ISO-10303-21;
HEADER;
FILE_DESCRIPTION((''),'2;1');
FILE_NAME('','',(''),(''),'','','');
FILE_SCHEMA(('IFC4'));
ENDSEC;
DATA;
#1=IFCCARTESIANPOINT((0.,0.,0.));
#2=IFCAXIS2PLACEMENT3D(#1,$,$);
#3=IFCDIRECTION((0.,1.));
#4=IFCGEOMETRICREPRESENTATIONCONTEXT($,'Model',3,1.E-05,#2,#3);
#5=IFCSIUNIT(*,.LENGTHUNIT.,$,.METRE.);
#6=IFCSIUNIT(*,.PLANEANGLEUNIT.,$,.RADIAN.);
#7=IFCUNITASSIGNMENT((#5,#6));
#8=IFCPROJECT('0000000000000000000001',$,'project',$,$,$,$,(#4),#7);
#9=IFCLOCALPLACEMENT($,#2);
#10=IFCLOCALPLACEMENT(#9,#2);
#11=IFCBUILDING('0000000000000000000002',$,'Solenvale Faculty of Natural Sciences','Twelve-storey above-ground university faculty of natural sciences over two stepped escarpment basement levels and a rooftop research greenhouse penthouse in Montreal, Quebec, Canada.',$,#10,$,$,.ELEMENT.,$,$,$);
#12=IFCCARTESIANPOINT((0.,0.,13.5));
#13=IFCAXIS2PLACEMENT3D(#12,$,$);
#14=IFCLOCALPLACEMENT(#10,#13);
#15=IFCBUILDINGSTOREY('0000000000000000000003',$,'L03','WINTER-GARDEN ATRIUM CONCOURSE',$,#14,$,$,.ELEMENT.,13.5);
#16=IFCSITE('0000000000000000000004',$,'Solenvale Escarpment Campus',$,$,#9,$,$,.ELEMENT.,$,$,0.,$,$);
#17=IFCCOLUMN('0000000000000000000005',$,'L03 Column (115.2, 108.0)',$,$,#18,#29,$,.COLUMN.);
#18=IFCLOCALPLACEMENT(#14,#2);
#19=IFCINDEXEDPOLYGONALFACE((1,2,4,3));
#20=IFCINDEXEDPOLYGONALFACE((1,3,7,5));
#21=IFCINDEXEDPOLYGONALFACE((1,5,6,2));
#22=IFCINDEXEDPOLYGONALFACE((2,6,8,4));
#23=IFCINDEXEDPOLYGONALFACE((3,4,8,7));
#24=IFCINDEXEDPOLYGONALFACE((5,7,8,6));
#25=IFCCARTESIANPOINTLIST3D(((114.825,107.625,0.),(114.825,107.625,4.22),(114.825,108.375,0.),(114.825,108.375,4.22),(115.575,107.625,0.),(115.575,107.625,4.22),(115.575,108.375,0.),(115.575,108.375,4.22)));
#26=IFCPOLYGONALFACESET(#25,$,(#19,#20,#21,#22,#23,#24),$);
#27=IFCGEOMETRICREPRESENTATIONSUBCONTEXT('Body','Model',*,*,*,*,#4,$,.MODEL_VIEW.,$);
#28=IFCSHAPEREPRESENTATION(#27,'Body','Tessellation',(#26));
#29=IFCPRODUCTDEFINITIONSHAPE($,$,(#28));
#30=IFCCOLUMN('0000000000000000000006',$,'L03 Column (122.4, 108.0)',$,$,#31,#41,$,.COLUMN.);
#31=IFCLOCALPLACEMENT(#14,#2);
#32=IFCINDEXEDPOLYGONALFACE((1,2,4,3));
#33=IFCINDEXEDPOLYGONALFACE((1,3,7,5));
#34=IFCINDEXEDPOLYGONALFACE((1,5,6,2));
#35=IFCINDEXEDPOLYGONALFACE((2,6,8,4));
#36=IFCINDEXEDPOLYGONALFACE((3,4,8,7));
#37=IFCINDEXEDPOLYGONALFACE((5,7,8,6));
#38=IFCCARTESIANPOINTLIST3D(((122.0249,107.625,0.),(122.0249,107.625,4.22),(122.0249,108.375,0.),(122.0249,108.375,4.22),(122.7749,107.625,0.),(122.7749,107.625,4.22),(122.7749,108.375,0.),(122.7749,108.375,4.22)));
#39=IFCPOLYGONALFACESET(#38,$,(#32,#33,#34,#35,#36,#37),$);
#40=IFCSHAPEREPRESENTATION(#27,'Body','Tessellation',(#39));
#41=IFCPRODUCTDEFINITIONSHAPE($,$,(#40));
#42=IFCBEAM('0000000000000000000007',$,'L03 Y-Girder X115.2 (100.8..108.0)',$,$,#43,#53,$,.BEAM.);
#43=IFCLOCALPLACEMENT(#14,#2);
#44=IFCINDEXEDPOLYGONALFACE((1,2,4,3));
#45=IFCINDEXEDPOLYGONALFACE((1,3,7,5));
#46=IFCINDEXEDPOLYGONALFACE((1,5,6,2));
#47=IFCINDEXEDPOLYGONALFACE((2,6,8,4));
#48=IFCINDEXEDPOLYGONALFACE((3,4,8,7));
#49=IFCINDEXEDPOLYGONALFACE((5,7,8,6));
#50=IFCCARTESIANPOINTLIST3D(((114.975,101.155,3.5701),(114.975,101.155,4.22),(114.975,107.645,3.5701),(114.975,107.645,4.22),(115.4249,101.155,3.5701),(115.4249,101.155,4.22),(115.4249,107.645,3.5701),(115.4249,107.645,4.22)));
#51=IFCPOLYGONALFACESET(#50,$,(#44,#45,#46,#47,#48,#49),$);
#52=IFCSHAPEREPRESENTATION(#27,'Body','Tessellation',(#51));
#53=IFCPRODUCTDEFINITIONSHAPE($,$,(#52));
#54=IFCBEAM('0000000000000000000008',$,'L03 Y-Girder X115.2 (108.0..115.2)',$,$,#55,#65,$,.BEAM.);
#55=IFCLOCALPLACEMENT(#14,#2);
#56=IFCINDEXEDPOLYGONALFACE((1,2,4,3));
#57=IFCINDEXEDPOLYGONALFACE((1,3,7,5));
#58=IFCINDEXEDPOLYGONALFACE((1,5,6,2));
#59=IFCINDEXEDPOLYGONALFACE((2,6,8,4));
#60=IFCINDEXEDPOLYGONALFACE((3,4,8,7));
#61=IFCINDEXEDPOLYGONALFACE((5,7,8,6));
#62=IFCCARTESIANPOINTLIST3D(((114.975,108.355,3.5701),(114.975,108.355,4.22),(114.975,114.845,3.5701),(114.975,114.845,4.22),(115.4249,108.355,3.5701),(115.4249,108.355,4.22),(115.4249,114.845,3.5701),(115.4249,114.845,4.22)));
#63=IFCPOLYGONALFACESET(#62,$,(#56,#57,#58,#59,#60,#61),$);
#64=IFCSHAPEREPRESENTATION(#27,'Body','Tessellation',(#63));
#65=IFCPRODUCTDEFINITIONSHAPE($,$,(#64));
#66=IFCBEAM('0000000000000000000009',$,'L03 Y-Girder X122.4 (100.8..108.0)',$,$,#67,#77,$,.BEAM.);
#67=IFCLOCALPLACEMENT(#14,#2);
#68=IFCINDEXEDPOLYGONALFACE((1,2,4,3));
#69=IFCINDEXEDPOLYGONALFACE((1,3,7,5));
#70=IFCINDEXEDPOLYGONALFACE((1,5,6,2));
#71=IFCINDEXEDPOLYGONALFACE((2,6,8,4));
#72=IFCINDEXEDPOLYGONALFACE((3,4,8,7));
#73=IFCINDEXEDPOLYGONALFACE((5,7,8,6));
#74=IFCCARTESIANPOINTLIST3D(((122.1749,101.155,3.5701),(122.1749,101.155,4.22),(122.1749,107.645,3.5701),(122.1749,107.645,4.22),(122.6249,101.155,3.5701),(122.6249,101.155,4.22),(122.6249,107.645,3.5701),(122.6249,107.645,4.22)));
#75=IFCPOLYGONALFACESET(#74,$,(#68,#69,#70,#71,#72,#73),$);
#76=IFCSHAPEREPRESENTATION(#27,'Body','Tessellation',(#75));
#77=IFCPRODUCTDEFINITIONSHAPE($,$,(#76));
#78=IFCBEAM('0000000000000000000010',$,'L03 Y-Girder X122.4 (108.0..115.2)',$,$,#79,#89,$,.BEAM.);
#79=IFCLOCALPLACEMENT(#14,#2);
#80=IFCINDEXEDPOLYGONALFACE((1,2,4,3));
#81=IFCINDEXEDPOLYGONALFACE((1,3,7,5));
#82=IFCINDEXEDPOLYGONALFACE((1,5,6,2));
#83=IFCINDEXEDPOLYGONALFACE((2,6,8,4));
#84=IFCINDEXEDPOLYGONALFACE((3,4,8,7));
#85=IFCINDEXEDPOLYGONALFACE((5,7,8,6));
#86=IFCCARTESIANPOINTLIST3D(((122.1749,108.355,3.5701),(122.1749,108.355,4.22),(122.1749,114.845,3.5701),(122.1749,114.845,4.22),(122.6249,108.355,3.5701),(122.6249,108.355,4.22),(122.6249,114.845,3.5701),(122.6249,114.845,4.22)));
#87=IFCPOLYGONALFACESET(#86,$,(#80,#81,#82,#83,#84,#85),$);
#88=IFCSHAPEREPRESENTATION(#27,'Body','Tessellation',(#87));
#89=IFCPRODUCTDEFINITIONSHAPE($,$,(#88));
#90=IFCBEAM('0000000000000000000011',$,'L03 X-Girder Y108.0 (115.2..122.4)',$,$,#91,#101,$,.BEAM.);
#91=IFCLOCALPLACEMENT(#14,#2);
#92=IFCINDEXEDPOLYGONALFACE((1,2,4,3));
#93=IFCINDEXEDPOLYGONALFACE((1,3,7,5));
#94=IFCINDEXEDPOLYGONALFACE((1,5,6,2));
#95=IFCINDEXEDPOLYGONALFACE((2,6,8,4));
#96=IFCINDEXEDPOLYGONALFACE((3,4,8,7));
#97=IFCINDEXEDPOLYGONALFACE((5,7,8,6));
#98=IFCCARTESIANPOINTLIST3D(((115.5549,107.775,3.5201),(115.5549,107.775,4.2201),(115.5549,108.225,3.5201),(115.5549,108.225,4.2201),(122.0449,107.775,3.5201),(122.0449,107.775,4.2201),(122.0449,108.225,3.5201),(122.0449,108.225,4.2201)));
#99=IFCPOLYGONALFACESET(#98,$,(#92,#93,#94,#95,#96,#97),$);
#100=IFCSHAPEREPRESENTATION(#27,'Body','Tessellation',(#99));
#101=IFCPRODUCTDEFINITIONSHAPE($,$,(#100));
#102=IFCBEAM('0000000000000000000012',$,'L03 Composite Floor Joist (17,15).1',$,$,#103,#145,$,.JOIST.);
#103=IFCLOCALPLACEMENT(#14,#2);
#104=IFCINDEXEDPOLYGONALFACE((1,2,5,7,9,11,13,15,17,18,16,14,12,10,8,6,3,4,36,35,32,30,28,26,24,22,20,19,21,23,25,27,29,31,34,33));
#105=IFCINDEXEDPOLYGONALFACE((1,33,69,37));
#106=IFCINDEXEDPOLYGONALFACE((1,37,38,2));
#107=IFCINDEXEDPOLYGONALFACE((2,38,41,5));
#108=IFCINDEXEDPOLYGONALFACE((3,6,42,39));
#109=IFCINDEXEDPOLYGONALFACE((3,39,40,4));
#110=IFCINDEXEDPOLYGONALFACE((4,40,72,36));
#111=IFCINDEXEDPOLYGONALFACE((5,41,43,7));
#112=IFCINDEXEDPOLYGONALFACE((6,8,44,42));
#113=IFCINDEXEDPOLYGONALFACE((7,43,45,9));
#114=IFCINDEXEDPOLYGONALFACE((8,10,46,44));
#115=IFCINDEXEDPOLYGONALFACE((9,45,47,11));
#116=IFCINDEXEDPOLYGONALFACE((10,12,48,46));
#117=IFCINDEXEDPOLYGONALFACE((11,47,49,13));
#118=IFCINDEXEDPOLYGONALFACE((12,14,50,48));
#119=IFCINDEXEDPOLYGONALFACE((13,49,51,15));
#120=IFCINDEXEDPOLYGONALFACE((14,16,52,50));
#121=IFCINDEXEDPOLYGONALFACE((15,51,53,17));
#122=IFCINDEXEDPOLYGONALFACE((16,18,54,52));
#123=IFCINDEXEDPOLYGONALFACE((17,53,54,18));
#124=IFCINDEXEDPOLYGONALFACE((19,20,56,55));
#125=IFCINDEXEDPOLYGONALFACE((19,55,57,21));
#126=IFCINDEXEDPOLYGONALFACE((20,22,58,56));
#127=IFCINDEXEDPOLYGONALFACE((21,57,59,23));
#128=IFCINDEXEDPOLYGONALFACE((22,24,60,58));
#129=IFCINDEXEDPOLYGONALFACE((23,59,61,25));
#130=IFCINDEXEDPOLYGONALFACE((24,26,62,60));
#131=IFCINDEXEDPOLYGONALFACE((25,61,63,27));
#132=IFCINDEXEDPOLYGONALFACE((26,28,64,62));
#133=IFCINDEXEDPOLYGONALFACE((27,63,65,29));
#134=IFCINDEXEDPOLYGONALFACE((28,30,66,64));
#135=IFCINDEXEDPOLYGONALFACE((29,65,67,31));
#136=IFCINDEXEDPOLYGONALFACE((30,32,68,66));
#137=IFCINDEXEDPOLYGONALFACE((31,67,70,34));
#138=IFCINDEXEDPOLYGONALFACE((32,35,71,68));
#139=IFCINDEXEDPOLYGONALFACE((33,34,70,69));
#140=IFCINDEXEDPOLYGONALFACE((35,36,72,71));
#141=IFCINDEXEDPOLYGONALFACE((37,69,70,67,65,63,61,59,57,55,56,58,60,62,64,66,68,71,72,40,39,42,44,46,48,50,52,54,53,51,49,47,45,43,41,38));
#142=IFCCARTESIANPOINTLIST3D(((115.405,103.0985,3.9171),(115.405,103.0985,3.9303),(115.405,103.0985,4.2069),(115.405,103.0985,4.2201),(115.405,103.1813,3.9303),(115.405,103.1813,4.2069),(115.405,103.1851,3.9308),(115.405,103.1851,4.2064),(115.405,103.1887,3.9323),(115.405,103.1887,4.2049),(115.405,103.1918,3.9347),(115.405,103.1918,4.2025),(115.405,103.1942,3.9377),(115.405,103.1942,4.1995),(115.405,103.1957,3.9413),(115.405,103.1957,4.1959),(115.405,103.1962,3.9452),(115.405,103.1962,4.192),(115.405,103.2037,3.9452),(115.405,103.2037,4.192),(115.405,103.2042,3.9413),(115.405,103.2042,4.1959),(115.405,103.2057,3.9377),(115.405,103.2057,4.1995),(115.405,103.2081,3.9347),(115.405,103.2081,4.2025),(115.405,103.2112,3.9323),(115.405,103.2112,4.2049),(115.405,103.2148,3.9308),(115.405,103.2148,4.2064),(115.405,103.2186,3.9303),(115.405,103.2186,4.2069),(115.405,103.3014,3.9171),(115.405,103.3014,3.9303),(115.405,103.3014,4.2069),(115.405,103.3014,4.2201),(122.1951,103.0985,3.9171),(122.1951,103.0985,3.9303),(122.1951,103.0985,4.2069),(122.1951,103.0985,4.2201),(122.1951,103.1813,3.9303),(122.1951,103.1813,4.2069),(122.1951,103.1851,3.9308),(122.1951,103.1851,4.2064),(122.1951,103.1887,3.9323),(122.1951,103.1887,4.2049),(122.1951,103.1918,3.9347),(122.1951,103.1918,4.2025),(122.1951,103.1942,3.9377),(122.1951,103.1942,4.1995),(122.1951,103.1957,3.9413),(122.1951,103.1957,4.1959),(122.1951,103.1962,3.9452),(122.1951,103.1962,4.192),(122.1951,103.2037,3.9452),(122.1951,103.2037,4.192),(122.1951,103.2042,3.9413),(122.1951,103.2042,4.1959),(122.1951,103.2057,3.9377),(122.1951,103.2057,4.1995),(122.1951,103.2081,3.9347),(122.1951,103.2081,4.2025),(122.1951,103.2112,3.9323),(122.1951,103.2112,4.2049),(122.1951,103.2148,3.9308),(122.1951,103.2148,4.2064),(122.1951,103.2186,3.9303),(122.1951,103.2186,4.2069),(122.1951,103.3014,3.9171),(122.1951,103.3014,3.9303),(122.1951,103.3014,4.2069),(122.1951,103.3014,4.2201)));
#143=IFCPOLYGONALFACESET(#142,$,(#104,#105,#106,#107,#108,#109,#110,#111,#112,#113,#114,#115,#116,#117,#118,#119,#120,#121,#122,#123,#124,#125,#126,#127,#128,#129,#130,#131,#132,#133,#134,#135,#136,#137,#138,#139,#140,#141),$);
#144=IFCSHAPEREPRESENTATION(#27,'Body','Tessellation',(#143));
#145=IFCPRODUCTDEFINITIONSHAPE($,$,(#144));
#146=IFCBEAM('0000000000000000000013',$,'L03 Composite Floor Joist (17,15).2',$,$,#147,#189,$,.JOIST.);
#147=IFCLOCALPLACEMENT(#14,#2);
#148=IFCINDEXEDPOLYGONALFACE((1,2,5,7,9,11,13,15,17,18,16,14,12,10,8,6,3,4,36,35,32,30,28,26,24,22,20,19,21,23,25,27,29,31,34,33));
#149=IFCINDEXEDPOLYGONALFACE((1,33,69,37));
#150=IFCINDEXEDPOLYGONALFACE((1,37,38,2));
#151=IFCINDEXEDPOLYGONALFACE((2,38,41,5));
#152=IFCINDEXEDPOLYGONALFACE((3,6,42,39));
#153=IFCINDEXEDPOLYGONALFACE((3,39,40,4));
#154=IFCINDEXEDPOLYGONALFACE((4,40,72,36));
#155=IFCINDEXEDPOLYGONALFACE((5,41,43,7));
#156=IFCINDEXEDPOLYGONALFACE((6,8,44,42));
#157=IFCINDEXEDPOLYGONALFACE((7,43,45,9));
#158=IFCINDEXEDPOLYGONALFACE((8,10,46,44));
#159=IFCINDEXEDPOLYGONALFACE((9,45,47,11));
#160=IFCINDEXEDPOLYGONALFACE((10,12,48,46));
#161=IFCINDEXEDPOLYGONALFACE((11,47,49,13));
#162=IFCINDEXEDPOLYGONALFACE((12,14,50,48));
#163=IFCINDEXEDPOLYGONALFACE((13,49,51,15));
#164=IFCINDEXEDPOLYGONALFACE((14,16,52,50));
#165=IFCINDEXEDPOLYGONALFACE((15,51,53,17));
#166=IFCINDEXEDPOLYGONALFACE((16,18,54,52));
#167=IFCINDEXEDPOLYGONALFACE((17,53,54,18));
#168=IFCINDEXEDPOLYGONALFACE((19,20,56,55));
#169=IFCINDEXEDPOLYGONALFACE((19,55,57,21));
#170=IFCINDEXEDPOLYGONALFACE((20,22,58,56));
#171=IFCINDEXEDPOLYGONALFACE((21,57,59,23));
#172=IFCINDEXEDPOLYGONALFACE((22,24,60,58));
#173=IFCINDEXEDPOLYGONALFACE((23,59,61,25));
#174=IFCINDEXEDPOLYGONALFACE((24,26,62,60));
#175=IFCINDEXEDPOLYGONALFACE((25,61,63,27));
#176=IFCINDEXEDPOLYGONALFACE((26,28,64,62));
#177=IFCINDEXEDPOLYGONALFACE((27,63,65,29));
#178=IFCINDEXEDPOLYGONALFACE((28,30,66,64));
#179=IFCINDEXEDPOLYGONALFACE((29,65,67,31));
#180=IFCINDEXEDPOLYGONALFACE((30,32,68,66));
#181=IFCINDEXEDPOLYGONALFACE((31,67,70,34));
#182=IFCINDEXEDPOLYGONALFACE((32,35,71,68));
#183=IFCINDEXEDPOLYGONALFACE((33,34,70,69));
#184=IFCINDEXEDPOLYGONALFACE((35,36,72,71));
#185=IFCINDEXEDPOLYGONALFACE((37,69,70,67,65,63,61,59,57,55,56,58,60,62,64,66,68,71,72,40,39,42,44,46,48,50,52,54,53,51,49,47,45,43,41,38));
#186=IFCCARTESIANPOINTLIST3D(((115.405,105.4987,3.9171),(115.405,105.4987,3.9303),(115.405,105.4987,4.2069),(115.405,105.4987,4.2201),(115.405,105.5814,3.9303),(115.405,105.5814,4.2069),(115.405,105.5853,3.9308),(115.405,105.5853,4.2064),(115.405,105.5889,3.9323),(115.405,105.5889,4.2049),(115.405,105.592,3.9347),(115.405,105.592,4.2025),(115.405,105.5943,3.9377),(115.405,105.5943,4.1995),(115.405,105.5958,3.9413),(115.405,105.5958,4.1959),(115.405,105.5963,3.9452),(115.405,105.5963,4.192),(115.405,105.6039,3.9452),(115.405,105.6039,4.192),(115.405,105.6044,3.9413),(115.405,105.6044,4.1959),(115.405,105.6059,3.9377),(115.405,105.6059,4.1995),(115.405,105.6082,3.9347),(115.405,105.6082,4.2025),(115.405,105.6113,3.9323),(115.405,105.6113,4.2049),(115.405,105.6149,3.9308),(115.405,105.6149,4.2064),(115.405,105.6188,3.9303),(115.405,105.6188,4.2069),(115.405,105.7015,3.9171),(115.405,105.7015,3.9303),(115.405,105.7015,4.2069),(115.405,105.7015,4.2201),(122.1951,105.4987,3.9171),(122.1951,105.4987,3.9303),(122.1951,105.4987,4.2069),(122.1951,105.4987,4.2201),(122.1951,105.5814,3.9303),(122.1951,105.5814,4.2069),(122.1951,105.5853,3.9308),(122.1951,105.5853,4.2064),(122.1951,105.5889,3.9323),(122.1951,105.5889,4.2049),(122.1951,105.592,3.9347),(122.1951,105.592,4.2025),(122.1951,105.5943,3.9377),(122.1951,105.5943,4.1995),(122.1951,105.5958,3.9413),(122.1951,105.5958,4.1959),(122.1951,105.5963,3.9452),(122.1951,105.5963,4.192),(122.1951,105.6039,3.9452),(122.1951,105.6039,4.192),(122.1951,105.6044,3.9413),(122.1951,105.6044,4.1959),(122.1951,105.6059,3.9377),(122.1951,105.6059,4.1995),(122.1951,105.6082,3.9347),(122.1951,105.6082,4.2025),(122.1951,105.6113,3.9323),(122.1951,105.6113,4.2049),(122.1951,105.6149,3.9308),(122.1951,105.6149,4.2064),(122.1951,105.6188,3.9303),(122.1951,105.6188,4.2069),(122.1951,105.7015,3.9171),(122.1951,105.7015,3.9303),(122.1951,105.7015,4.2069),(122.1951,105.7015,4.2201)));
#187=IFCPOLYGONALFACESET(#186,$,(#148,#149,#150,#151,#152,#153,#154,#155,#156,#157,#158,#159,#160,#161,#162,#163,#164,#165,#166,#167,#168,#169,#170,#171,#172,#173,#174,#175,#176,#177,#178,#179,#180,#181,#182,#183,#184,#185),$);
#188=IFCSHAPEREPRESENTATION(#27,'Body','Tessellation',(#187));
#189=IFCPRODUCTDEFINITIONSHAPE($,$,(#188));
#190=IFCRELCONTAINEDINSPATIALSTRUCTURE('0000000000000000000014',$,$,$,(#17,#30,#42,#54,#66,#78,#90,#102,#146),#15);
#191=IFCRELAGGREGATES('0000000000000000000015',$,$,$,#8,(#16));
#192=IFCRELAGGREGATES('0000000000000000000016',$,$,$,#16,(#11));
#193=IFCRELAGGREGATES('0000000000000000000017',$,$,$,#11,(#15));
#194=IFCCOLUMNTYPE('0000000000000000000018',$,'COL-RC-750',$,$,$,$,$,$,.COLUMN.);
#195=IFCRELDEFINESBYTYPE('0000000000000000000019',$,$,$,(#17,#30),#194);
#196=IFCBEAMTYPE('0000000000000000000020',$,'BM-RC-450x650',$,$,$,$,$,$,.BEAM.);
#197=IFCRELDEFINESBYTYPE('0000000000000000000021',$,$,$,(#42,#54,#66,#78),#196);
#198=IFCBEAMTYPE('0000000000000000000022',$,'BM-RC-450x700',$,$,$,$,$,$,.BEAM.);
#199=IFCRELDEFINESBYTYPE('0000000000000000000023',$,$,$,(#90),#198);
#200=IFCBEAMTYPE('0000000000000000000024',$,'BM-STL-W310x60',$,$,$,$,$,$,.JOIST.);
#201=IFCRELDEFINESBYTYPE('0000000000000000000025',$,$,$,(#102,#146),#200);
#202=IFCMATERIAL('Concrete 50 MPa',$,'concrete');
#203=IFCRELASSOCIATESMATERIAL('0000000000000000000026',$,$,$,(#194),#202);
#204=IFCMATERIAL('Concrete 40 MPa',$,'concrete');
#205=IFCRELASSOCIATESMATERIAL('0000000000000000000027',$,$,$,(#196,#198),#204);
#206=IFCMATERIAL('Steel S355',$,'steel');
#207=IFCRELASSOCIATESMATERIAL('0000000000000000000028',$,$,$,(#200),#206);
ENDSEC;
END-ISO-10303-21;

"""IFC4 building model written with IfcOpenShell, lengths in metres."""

from ifc_helpers import new_model, si_unit, direction, frame, origin, origin_2d, place, context, subcontext, project, spatial, rectangle, i_section, extrude, material, material_profile, profile_set, type_object, element, save


model = new_model("IFC4")

# Units and contexts
model_context = context("Model", 3, precision=1e-05, world=origin(), true_north=direction((0.0, 1.0)))
body_context = subcontext(model_context, "Body", "Model", "MODEL_VIEW")
ifc_project = project(units=[si_unit("LENGTHUNIT", "METRE"), si_unit("PLANEANGLEUNIT", "RADIAN")], contexts=[model_context])

# Site, building, storey
site_placement = place(None, origin())
site = spatial("IfcSite", under=ifc_project, at=site_placement, Name="Solenvale Escarpment Campus", CompositionType="ELEMENT", RefElevation=0.0)
building_placement = place(site_placement, origin())
building = spatial("IfcBuilding", under=site, at=building_placement, Name="Solenvale Faculty of Natural Sciences", Description="Twelve-storey above-ground university faculty of natural sciences over two stepped escarpment basement levels and a rooftop research greenhouse penthouse in Montreal, Quebec, Canada.", CompositionType="ELEMENT")
storey_placement = place(building_placement, frame((0.0, 0.0, 13.5)))
storey = spatial("IfcBuildingStorey", under=building, at=storey_placement, Name="L03", Description="WINTER-GARDEN ATRIUM CONCOURSE", CompositionType="ELEMENT", Elevation=13.5)

# Columns
ifc_material_1 = material(Name="Concrete 50 MPa", Category="concrete")
ifc_material_profile_1 = material_profile(ifc_material_1, rectangle(XDim=0.75, YDim=0.75, at=origin_2d()), Name="RC-COL-750x750")
ifc_profile_set_1 = profile_set([ifc_material_profile_1], Name="Concrete 50 MPa")
column_type = type_object("IfcColumnType", Name="COL-RC-750", PredefinedType="COLUMN", material=ifc_profile_set_1)
for number, where, z_axis, x_axis, name in (
    (1, (115.2, 108.0, 0.0), (0.0, 0.0, 1.0), (1.0, 0.0, 0.0), "L03 Column (115.2, 108.0)"),
    (2, (122.3999, 108.0, 0.0), (0.0, 0.0, 1.0), (1.0, 0.0, 0.0), "L03 Column (122.4, 108.0)"),
):
    element("IfcColumn", number, at=place(storey_placement, frame(where, z_axis=z_axis, x_axis=x_axis)), inside=storey, type_object=column_type, Name=name, PredefinedType="COLUMN", context=body_context, shape_type="SweptSolid", body=[
        extrude(rectangle(XDim=0.75, YDim=0.75, at=origin_2d()), origin(), (0.0, 0.0, 1.0), 4.22),
    ])

# Beams
ifc_material_2 = material(Name="Concrete 40 MPa", Category="concrete")
ifc_material_profile_2 = material_profile(ifc_material_2, rectangle(XDim=0.45, YDim=0.6499, at=origin_2d()), Name="RC-BM-450x650")
ifc_profile_set_2 = profile_set([ifc_material_profile_2], Name="Concrete 40 MPa")
beam_type_1 = type_object("IfcBeamType", Name="BM-RC-450x650", PredefinedType="BEAM", material=ifc_profile_set_2)
for number, where, z_axis, x_axis, name in (
    (3, (115.2, 101.155, 3.895), (0.0, 1.0, 0.0), (-1.0, 0.0, 0.0), "L03 Y-Girder X115.2 (100.8..108.0)"),
    (4, (115.2, 108.355, 3.895), (0.0, 1.0, 0.0), (-1.0, 0.0, 0.0), "L03 Y-Girder X115.2 (108.0..115.2)"),
    (5, (122.3999, 101.155, 3.895), (0.0, 1.0, 0.0), (-1.0, 0.0, 0.0), "L03 Y-Girder X122.4 (100.8..108.0)"),
    (6, (122.3999, 108.355, 3.895), (0.0, 1.0, 0.0), (-1.0, 0.0, 0.0), "L03 Y-Girder X122.4 (108.0..115.2)"),
):
    element("IfcBeam", number, at=place(storey_placement, frame(where, z_axis=z_axis, x_axis=x_axis)), inside=storey, type_object=beam_type_1, Name=name, PredefinedType="BEAM", context=body_context, shape_type="SweptSolid", body=[
        extrude(rectangle(XDim=0.45, YDim=0.6499, at=origin_2d()), origin(), (0.0, 0.0, 1.0), 6.49),
    ])
ifc_material_profile_3 = material_profile(ifc_material_2, rectangle(XDim=0.45, YDim=0.7, at=origin_2d()), Name="RC-BM-450x700")
ifc_profile_set_3 = profile_set([ifc_material_profile_3], Name="Concrete 40 MPa")
beam_type_2 = type_object("IfcBeamType", Name="BM-RC-450x700", PredefinedType="BEAM", material=ifc_profile_set_3)
beam_placement = place(storey_placement, frame((115.5549, 108.0, 3.8701), z_axis=(1.0, 0.0, 0.0), x_axis=(0.0, 1.0, 0.0)))
element("IfcBeam", 7, at=beam_placement, inside=storey, type_object=beam_type_2, Name="L03 X-Girder Y108.0 (115.2..122.4)", PredefinedType="BEAM", context=body_context, shape_type="SweptSolid", body=[
    extrude(rectangle(XDim=0.45, YDim=0.7, at=origin_2d()), origin(), (0.0, 0.0, 1.0), 6.49),
])
ifc_material_3 = material(Name="Steel S355", Category="steel")
ifc_material_profile_4 = material_profile(ifc_material_3, i_section(OverallWidth=0.2029, OverallDepth=0.303, WebThickness=0.0076, FlangeThickness=0.0132, FilletRadius=0.0149, at=origin_2d()), Name="W310x60")
ifc_profile_set_4 = profile_set([ifc_material_profile_4], Name="Steel S355")
beam_type_3 = type_object("IfcBeamType", Name="BM-STL-W310x60", PredefinedType="JOIST", material=ifc_profile_set_4)
for number, where, z_axis, x_axis, name in (
    (8, (115.405, 103.2, 4.0686), (1.0, 0.0, 0.0), (0.0, 1.0, 0.0), "L03 Composite Floor Joist (17,15).1"),
    (9, (115.405, 105.6001, 4.0686), (1.0, 0.0, 0.0), (0.0, 1.0, 0.0), "L03 Composite Floor Joist (17,15).2"),
):
    element("IfcBeam", number, at=place(storey_placement, frame(where, z_axis=z_axis, x_axis=x_axis)), inside=storey, type_object=beam_type_3, Name=name, PredefinedType="JOIST", context=body_context, shape_type="SweptSolid", body=[
        extrude(i_section(OverallWidth=0.2029, OverallDepth=0.303, WebThickness=0.0076, FlangeThickness=0.0132, FilletRadius=0.0149, at=origin_2d()), origin(), (0.0, 0.0, 1.0), 6.79),
    ])

save(model, "model.ifc")
